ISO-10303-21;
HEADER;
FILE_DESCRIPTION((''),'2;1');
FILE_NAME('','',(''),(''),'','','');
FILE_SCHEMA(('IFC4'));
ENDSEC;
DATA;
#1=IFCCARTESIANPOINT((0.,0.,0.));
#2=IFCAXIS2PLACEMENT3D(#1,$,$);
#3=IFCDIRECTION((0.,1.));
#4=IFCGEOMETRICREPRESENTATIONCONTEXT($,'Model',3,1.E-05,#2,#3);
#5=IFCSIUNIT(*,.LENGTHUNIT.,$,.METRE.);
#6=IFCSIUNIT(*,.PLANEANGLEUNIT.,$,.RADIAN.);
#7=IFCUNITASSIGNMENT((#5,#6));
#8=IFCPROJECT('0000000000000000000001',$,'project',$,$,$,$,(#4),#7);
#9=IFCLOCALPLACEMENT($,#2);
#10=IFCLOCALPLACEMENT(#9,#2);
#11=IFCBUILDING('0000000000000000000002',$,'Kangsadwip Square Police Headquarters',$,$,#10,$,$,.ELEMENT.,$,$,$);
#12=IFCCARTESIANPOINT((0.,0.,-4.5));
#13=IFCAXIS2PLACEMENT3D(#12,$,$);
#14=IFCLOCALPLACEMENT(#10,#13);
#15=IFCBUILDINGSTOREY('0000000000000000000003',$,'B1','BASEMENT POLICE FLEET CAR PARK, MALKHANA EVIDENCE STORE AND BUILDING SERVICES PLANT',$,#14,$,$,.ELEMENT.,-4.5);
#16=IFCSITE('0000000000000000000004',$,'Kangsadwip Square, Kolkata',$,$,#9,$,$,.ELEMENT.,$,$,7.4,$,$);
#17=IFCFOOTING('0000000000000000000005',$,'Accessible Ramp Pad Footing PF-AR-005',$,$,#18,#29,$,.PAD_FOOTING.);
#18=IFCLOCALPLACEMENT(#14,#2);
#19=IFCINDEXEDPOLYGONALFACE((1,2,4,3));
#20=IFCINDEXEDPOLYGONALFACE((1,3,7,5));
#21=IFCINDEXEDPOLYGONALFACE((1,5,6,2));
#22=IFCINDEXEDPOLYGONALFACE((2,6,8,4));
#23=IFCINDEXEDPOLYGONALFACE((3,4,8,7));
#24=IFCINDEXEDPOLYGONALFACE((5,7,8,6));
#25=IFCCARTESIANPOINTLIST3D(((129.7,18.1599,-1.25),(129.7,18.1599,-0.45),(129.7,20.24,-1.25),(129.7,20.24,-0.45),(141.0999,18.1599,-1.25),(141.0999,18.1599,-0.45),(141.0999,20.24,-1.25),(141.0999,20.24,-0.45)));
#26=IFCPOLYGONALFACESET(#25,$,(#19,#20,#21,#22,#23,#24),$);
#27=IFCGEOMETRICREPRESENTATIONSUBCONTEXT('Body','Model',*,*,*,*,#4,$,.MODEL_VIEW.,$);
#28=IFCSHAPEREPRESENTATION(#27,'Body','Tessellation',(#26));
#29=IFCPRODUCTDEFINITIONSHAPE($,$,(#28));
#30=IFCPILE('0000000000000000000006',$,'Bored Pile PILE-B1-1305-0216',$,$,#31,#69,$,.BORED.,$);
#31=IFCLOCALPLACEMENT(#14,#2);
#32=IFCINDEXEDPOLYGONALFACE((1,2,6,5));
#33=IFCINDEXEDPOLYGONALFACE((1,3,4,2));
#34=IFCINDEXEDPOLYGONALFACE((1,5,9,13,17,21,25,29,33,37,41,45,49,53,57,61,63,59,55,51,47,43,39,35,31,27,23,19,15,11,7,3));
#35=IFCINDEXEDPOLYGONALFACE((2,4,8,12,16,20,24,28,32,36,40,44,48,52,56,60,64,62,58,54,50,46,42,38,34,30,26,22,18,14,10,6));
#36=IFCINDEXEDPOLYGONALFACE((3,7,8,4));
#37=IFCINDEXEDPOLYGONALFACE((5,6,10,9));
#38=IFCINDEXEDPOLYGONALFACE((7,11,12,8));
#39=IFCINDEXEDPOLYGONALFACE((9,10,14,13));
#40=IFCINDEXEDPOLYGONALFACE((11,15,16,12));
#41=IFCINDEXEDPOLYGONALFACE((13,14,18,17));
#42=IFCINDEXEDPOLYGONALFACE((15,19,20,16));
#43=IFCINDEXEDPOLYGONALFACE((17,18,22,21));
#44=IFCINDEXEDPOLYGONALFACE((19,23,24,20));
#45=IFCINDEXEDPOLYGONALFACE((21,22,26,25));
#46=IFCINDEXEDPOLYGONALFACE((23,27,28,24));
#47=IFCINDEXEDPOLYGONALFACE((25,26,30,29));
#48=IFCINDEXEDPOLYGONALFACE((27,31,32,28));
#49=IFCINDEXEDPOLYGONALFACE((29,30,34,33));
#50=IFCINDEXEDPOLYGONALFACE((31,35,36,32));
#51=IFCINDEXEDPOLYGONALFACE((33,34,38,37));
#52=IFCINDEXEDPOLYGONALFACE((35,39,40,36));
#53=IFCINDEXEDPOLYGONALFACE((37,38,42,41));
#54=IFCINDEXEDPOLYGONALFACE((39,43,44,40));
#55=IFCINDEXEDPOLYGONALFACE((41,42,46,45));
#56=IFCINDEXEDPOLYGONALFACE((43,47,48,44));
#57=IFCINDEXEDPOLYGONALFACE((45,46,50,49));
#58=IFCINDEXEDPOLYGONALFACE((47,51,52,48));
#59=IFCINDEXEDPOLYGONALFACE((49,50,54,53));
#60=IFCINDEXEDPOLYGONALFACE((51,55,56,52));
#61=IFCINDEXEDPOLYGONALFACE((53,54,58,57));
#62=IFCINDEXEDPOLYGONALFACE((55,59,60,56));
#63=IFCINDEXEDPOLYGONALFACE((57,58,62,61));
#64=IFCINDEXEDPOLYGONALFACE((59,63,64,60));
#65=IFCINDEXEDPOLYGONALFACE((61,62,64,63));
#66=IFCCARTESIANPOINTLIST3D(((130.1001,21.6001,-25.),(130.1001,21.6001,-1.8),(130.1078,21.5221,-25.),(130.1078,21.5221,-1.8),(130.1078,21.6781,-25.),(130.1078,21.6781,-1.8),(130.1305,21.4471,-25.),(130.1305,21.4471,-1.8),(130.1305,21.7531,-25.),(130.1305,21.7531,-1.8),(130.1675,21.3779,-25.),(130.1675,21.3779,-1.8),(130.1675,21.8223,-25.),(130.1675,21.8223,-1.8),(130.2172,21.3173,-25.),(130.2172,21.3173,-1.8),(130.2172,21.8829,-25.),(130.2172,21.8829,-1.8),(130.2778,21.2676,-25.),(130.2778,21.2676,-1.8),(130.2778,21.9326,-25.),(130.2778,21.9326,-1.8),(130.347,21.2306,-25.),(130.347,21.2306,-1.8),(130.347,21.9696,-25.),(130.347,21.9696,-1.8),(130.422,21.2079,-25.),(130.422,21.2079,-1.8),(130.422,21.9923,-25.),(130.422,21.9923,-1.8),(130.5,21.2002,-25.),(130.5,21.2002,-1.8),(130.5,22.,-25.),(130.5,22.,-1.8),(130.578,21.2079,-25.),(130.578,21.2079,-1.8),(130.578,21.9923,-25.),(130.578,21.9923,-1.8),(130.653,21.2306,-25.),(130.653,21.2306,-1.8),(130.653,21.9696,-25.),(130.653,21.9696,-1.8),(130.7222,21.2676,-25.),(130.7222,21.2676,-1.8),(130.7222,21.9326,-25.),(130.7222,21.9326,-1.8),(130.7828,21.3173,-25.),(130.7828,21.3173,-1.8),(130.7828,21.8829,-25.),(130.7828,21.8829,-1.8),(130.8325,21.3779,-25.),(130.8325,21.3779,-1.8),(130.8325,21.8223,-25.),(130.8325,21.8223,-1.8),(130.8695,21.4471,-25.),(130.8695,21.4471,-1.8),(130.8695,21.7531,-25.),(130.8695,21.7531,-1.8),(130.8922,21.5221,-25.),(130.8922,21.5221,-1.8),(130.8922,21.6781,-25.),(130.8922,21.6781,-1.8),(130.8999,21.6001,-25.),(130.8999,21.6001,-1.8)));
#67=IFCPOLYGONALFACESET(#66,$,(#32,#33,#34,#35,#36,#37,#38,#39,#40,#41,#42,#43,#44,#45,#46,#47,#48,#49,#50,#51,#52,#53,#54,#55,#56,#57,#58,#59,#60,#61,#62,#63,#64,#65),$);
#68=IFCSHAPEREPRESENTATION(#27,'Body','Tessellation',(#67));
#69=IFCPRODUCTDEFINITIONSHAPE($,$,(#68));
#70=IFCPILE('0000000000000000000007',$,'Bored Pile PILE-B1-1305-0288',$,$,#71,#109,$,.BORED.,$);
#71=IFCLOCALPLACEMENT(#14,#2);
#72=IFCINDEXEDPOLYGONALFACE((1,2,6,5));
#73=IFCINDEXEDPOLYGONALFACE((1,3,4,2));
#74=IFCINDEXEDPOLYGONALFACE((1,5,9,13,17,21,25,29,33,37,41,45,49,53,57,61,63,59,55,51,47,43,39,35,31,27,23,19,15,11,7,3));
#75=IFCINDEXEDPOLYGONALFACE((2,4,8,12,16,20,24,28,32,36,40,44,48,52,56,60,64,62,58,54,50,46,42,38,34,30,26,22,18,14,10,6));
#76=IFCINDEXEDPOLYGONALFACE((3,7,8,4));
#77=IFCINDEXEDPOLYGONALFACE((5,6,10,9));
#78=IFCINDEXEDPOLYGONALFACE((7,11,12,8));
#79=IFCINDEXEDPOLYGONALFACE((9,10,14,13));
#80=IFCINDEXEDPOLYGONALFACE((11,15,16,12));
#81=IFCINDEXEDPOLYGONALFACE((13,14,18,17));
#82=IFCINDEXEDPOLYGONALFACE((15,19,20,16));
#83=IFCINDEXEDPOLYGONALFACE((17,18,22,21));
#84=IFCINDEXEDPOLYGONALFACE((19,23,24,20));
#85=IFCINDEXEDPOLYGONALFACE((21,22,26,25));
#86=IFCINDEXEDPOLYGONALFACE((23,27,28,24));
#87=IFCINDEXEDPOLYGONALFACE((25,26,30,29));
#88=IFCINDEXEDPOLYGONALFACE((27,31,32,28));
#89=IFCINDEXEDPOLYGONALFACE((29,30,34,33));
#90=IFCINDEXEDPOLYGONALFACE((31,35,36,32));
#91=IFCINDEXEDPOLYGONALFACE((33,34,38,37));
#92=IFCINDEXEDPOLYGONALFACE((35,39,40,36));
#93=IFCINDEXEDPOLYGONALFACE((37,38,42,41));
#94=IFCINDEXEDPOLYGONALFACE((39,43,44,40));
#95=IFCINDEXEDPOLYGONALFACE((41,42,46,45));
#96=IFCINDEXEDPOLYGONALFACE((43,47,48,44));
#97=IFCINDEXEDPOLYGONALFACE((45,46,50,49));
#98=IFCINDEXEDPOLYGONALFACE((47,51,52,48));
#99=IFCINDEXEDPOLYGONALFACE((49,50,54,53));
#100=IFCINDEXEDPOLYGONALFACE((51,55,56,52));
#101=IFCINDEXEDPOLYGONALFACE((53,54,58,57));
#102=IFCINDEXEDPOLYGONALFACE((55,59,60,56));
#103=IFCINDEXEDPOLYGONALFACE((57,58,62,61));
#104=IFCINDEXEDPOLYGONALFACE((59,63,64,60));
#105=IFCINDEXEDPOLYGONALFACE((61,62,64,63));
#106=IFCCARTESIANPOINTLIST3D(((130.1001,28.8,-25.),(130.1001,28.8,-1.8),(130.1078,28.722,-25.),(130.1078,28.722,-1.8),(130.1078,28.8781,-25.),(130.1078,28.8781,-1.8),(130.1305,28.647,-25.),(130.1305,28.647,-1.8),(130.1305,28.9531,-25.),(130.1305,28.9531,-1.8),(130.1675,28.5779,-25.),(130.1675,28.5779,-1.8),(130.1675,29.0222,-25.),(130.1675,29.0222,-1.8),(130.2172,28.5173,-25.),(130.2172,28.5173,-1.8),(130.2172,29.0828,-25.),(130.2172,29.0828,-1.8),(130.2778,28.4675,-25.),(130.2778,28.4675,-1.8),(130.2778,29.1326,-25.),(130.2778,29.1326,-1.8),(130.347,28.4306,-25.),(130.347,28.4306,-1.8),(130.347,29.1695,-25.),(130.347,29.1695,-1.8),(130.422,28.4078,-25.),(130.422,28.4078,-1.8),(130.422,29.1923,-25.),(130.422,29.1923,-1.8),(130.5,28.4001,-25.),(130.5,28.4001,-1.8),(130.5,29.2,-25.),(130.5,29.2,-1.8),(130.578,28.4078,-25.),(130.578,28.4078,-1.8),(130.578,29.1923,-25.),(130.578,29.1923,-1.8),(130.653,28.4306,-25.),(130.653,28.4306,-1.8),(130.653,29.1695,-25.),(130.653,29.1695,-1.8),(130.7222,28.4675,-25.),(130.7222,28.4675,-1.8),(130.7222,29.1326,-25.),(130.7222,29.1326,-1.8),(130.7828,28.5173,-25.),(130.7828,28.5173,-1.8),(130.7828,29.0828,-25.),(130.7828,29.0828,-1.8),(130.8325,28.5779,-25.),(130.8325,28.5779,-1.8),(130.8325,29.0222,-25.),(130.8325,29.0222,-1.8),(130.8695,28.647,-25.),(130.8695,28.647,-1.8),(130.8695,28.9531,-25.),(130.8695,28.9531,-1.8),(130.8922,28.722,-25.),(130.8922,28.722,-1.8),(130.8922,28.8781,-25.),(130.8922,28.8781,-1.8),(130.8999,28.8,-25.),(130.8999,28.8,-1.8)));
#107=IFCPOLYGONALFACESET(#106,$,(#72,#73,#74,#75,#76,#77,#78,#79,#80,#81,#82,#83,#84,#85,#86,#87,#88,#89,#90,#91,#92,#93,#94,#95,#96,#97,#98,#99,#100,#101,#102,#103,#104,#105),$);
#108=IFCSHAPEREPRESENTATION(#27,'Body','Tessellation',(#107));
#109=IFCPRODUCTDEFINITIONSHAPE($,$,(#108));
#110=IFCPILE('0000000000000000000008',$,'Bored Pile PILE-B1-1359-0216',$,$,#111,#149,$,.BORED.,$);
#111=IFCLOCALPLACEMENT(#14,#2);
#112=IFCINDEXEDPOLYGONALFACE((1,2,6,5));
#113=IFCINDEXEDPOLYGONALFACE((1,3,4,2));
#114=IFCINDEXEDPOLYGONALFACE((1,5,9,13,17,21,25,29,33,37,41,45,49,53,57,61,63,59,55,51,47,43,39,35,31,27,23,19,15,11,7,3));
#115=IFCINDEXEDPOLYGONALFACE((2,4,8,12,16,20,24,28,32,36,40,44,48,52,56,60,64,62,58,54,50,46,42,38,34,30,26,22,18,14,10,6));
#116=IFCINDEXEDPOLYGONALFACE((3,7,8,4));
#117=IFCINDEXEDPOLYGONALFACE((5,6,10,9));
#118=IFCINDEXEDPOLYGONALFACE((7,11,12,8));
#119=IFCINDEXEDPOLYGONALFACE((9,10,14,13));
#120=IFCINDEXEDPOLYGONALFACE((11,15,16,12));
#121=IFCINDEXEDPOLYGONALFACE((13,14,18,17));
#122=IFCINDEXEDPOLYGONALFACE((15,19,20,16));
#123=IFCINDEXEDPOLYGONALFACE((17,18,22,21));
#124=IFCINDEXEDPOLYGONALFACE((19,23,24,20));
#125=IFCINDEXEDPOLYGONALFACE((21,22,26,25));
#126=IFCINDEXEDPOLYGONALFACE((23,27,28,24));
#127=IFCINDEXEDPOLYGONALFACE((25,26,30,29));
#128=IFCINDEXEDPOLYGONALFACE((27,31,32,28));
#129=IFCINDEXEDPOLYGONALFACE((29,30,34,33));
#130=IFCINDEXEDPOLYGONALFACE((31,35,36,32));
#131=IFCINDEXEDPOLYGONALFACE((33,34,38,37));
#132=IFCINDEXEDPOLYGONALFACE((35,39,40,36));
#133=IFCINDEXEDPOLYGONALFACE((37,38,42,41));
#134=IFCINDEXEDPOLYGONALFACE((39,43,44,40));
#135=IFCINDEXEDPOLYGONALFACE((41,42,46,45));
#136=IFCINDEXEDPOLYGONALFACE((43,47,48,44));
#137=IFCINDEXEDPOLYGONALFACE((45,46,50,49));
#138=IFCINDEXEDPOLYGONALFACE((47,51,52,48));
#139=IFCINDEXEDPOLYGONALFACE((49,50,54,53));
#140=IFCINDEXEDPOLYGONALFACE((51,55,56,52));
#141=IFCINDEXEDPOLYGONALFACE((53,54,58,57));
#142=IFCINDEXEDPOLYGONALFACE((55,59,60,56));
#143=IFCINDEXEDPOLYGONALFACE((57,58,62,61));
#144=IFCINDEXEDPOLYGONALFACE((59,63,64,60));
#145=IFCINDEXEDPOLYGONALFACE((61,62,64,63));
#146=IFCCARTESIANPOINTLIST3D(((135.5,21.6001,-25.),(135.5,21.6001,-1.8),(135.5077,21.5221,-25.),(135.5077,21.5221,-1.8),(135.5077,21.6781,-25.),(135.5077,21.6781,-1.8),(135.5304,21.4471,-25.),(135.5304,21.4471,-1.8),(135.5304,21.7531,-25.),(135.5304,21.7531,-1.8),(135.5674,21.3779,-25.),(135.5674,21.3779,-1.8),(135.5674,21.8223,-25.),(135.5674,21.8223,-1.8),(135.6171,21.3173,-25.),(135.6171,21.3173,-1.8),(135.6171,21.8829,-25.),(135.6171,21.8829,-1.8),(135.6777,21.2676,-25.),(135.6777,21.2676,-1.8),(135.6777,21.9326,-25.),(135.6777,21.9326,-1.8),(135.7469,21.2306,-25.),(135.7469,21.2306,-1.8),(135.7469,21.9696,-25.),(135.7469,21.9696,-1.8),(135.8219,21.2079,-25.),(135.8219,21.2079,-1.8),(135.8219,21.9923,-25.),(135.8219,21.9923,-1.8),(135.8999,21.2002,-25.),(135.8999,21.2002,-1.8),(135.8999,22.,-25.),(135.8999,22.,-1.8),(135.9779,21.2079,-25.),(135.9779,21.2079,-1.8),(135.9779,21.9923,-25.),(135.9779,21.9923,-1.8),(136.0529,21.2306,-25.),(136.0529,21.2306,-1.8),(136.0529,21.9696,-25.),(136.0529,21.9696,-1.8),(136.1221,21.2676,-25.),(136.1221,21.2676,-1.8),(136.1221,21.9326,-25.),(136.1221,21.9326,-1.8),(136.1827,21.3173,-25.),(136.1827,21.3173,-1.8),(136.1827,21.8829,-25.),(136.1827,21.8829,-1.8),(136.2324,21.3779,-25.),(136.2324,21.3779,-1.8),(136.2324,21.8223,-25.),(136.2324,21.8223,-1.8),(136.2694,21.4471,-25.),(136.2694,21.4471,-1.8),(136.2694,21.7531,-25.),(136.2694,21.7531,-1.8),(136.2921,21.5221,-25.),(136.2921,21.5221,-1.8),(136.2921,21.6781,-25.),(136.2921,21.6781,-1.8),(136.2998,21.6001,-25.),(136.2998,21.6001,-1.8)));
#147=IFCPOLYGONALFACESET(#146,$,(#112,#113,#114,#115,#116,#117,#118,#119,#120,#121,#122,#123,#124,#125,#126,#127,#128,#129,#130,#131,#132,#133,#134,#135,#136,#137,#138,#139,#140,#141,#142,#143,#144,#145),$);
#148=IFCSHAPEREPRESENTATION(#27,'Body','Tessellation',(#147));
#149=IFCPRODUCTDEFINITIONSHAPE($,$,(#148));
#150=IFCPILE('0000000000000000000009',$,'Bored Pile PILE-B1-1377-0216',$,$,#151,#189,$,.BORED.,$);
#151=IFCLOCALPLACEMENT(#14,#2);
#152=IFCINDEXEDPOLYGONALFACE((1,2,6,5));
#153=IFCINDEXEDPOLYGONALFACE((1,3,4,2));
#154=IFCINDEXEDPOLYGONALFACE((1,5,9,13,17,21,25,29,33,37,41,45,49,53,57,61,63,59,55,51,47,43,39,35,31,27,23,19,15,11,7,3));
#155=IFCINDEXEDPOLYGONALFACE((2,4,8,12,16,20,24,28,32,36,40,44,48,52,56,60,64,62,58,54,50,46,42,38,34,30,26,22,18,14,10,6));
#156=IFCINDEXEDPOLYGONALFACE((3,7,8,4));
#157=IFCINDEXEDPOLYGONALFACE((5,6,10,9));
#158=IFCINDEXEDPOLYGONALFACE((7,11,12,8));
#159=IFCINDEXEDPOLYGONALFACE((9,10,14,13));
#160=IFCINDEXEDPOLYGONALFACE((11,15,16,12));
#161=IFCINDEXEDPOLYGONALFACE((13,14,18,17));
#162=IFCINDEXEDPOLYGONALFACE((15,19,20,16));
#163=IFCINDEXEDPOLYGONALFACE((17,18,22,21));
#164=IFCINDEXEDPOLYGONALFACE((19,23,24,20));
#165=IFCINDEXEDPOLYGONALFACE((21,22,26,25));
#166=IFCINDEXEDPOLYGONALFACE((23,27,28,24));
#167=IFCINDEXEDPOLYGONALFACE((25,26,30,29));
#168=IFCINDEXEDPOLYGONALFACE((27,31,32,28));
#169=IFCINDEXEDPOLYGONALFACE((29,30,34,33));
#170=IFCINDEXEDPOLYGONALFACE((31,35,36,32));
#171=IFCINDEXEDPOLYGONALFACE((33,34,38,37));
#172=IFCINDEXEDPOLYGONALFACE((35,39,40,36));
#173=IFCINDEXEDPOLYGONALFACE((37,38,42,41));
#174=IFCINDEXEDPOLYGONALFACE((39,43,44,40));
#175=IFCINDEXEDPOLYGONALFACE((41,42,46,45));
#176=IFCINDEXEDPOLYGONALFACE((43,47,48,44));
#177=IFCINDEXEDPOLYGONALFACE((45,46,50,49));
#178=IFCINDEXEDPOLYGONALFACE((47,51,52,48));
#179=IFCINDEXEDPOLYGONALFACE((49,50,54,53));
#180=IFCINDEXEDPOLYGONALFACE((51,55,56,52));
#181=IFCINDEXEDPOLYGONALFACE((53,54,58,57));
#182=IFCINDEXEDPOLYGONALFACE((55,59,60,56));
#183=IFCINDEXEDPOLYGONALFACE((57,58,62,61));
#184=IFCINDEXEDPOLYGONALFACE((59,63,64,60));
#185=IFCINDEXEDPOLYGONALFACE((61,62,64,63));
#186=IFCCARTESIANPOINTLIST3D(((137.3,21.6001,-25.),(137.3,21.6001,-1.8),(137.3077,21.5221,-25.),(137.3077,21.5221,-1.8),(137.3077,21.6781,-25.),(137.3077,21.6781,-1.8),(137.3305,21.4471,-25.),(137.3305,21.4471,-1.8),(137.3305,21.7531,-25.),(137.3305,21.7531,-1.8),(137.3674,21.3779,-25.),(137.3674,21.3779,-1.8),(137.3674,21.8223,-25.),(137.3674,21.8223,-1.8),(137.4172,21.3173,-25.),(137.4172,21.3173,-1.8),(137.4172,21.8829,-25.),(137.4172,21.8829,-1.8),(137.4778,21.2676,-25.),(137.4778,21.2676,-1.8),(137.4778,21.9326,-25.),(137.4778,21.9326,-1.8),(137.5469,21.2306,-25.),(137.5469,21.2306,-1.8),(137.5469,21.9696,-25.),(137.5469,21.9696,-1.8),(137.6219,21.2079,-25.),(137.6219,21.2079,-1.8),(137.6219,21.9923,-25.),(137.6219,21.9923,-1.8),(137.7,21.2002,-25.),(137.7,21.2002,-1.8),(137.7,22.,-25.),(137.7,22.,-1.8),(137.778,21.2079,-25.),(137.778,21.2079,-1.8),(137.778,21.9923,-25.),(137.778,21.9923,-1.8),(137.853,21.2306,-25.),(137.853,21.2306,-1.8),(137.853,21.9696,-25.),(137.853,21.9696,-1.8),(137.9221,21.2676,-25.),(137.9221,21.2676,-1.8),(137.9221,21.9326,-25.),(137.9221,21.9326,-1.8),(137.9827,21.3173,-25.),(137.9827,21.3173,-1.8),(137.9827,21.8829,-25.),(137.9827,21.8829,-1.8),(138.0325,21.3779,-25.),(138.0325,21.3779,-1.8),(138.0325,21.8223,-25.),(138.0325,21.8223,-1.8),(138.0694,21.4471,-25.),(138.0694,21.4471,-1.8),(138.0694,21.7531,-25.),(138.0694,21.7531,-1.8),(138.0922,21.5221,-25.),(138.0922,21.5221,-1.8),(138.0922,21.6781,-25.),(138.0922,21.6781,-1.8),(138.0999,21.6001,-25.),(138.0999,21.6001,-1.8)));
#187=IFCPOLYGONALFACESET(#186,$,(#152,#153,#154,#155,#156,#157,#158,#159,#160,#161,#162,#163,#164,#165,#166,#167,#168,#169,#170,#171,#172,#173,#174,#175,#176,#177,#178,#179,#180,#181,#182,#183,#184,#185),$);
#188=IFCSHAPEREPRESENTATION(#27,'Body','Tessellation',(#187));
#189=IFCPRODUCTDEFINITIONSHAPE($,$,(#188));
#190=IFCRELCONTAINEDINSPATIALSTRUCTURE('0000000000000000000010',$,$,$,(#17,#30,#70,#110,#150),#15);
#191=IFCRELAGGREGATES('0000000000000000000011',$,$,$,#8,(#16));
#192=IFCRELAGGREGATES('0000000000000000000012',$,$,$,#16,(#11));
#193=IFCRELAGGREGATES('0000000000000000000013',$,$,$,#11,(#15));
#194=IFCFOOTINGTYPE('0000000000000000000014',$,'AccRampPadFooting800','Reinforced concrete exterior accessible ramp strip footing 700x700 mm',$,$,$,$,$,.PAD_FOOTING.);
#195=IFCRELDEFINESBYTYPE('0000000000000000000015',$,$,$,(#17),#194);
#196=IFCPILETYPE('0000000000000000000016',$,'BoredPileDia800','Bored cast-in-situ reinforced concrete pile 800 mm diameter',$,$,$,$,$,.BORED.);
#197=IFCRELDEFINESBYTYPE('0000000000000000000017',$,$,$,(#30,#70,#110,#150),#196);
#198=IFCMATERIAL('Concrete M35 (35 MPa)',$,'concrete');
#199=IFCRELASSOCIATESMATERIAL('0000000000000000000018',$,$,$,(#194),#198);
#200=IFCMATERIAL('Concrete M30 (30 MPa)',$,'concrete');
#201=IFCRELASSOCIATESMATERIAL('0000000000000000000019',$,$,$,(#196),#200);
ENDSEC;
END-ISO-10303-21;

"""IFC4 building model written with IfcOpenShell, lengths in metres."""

from ifc_helpers import new_model, si_unit, direction, frame, origin, origin_2d, place, context, subcontext, project, spatial, rectangle, circle, extrude, material, material_profile, profile_set, type_object, element, save


model = new_model("IFC4")

# Units and contexts
model_context = context("Model", 3, precision=1e-05, world=origin(), true_north=direction((0.0, 1.0)))
body_context = subcontext(model_context, "Body", "Model", "MODEL_VIEW")
ifc_project = project(units=[si_unit("LENGTHUNIT", "METRE"), si_unit("PLANEANGLEUNIT", "RADIAN")], contexts=[model_context])

# Site, building, storey
site_placement = place(None, origin())
site = spatial("IfcSite", under=ifc_project, at=site_placement, Name="Kangsadwip Square, Kolkata", CompositionType="ELEMENT", RefElevation=7.4)
building_placement = place(site_placement, origin())
building = spatial("IfcBuilding", under=site, at=building_placement, Name="Kangsadwip Square Police Headquarters", CompositionType="ELEMENT")
storey_placement = place(building_placement, frame((0.0, 0.0, -4.5)))
storey = spatial("IfcBuildingStorey", under=building, at=storey_placement, Name="B1", Description="BASEMENT POLICE FLEET CAR PARK, MALKHANA EVIDENCE STORE AND BUILDING SERVICES PLANT", CompositionType="ELEMENT", Elevation=-4.5)

# Footing
ifc_material_1 = material(Name="Concrete M35 (35 MPa)", Category="concrete")
footing_type_1 = type_object("IfcFootingType", Name="AccRampPadFooting800", Description="Reinforced concrete exterior accessible ramp strip footing 700x700 mm", PredefinedType="PAD_FOOTING", material=ifc_material_1)
footing_placement = place(storey_placement, frame((135.3999, 19.2, -1.25), z_axis=(0.0, 0.0, 1.0), x_axis=(1.0, 0.0, 0.0)))
element("IfcFooting", 1, at=footing_placement, inside=storey, type_object=footing_type_1, Name="Accessible Ramp Pad Footing PF-AR-005", PredefinedType="PAD_FOOTING", context=body_context, shape_type="SweptSolid", body=[
    extrude(rectangle(XDim=11.3999, YDim=2.0801, at=origin_2d()), origin(), (0.0, 0.0, 1.0), 0.8),
])

# Piles
ifc_material_2 = material(Name="Concrete M30 (30 MPa)", Category="concrete")
ifc_material_profile_1 = material_profile(ifc_material_2, circle(Radius=0.3999, at=origin_2d()), Name="PILE DIA 800")
ifc_profile_set_1 = profile_set([ifc_material_profile_1], Name="Concrete M30 (30 MPa)")
pile_type = type_object("IfcPileType", Name="BoredPileDia800", Description="Bored cast-in-situ reinforced concrete pile 800 mm diameter", PredefinedType="BORED", material=ifc_profile_set_1)
for number, where, z_axis, x_axis, name in (
    (2, (130.5, 21.6001, -1.8), (0.0, 0.0, -1.0), (1.0, 0.0, 0.0), "Bored Pile PILE-B1-1305-0216"),
    (3, (130.5, 28.8, -1.8), (0.0, 0.0, -1.0), (1.0, 0.0, 0.0), "Bored Pile PILE-B1-1305-0288"),
    (4, (135.8999, 21.6001, -1.8), (0.0, 0.0, -1.0), (1.0, 0.0, 0.0), "Bored Pile PILE-B1-1359-0216"),
    (5, (137.7, 21.6001, -1.8), (0.0, 0.0, -1.0), (1.0, 0.0, 0.0), "Bored Pile PILE-B1-1377-0216"),
):
    element("IfcPile", number, at=place(storey_placement, frame(where, z_axis=z_axis, x_axis=x_axis)), inside=storey, type_object=pile_type, Name=name, PredefinedType="BORED", context=body_context, shape_type="SweptSolid", body=[
        extrude(circle(Radius=0.3999, at=origin_2d()), origin(), (0.0, 0.0, 1.0), 23.2),
    ])

save(model, "model.ifc")
